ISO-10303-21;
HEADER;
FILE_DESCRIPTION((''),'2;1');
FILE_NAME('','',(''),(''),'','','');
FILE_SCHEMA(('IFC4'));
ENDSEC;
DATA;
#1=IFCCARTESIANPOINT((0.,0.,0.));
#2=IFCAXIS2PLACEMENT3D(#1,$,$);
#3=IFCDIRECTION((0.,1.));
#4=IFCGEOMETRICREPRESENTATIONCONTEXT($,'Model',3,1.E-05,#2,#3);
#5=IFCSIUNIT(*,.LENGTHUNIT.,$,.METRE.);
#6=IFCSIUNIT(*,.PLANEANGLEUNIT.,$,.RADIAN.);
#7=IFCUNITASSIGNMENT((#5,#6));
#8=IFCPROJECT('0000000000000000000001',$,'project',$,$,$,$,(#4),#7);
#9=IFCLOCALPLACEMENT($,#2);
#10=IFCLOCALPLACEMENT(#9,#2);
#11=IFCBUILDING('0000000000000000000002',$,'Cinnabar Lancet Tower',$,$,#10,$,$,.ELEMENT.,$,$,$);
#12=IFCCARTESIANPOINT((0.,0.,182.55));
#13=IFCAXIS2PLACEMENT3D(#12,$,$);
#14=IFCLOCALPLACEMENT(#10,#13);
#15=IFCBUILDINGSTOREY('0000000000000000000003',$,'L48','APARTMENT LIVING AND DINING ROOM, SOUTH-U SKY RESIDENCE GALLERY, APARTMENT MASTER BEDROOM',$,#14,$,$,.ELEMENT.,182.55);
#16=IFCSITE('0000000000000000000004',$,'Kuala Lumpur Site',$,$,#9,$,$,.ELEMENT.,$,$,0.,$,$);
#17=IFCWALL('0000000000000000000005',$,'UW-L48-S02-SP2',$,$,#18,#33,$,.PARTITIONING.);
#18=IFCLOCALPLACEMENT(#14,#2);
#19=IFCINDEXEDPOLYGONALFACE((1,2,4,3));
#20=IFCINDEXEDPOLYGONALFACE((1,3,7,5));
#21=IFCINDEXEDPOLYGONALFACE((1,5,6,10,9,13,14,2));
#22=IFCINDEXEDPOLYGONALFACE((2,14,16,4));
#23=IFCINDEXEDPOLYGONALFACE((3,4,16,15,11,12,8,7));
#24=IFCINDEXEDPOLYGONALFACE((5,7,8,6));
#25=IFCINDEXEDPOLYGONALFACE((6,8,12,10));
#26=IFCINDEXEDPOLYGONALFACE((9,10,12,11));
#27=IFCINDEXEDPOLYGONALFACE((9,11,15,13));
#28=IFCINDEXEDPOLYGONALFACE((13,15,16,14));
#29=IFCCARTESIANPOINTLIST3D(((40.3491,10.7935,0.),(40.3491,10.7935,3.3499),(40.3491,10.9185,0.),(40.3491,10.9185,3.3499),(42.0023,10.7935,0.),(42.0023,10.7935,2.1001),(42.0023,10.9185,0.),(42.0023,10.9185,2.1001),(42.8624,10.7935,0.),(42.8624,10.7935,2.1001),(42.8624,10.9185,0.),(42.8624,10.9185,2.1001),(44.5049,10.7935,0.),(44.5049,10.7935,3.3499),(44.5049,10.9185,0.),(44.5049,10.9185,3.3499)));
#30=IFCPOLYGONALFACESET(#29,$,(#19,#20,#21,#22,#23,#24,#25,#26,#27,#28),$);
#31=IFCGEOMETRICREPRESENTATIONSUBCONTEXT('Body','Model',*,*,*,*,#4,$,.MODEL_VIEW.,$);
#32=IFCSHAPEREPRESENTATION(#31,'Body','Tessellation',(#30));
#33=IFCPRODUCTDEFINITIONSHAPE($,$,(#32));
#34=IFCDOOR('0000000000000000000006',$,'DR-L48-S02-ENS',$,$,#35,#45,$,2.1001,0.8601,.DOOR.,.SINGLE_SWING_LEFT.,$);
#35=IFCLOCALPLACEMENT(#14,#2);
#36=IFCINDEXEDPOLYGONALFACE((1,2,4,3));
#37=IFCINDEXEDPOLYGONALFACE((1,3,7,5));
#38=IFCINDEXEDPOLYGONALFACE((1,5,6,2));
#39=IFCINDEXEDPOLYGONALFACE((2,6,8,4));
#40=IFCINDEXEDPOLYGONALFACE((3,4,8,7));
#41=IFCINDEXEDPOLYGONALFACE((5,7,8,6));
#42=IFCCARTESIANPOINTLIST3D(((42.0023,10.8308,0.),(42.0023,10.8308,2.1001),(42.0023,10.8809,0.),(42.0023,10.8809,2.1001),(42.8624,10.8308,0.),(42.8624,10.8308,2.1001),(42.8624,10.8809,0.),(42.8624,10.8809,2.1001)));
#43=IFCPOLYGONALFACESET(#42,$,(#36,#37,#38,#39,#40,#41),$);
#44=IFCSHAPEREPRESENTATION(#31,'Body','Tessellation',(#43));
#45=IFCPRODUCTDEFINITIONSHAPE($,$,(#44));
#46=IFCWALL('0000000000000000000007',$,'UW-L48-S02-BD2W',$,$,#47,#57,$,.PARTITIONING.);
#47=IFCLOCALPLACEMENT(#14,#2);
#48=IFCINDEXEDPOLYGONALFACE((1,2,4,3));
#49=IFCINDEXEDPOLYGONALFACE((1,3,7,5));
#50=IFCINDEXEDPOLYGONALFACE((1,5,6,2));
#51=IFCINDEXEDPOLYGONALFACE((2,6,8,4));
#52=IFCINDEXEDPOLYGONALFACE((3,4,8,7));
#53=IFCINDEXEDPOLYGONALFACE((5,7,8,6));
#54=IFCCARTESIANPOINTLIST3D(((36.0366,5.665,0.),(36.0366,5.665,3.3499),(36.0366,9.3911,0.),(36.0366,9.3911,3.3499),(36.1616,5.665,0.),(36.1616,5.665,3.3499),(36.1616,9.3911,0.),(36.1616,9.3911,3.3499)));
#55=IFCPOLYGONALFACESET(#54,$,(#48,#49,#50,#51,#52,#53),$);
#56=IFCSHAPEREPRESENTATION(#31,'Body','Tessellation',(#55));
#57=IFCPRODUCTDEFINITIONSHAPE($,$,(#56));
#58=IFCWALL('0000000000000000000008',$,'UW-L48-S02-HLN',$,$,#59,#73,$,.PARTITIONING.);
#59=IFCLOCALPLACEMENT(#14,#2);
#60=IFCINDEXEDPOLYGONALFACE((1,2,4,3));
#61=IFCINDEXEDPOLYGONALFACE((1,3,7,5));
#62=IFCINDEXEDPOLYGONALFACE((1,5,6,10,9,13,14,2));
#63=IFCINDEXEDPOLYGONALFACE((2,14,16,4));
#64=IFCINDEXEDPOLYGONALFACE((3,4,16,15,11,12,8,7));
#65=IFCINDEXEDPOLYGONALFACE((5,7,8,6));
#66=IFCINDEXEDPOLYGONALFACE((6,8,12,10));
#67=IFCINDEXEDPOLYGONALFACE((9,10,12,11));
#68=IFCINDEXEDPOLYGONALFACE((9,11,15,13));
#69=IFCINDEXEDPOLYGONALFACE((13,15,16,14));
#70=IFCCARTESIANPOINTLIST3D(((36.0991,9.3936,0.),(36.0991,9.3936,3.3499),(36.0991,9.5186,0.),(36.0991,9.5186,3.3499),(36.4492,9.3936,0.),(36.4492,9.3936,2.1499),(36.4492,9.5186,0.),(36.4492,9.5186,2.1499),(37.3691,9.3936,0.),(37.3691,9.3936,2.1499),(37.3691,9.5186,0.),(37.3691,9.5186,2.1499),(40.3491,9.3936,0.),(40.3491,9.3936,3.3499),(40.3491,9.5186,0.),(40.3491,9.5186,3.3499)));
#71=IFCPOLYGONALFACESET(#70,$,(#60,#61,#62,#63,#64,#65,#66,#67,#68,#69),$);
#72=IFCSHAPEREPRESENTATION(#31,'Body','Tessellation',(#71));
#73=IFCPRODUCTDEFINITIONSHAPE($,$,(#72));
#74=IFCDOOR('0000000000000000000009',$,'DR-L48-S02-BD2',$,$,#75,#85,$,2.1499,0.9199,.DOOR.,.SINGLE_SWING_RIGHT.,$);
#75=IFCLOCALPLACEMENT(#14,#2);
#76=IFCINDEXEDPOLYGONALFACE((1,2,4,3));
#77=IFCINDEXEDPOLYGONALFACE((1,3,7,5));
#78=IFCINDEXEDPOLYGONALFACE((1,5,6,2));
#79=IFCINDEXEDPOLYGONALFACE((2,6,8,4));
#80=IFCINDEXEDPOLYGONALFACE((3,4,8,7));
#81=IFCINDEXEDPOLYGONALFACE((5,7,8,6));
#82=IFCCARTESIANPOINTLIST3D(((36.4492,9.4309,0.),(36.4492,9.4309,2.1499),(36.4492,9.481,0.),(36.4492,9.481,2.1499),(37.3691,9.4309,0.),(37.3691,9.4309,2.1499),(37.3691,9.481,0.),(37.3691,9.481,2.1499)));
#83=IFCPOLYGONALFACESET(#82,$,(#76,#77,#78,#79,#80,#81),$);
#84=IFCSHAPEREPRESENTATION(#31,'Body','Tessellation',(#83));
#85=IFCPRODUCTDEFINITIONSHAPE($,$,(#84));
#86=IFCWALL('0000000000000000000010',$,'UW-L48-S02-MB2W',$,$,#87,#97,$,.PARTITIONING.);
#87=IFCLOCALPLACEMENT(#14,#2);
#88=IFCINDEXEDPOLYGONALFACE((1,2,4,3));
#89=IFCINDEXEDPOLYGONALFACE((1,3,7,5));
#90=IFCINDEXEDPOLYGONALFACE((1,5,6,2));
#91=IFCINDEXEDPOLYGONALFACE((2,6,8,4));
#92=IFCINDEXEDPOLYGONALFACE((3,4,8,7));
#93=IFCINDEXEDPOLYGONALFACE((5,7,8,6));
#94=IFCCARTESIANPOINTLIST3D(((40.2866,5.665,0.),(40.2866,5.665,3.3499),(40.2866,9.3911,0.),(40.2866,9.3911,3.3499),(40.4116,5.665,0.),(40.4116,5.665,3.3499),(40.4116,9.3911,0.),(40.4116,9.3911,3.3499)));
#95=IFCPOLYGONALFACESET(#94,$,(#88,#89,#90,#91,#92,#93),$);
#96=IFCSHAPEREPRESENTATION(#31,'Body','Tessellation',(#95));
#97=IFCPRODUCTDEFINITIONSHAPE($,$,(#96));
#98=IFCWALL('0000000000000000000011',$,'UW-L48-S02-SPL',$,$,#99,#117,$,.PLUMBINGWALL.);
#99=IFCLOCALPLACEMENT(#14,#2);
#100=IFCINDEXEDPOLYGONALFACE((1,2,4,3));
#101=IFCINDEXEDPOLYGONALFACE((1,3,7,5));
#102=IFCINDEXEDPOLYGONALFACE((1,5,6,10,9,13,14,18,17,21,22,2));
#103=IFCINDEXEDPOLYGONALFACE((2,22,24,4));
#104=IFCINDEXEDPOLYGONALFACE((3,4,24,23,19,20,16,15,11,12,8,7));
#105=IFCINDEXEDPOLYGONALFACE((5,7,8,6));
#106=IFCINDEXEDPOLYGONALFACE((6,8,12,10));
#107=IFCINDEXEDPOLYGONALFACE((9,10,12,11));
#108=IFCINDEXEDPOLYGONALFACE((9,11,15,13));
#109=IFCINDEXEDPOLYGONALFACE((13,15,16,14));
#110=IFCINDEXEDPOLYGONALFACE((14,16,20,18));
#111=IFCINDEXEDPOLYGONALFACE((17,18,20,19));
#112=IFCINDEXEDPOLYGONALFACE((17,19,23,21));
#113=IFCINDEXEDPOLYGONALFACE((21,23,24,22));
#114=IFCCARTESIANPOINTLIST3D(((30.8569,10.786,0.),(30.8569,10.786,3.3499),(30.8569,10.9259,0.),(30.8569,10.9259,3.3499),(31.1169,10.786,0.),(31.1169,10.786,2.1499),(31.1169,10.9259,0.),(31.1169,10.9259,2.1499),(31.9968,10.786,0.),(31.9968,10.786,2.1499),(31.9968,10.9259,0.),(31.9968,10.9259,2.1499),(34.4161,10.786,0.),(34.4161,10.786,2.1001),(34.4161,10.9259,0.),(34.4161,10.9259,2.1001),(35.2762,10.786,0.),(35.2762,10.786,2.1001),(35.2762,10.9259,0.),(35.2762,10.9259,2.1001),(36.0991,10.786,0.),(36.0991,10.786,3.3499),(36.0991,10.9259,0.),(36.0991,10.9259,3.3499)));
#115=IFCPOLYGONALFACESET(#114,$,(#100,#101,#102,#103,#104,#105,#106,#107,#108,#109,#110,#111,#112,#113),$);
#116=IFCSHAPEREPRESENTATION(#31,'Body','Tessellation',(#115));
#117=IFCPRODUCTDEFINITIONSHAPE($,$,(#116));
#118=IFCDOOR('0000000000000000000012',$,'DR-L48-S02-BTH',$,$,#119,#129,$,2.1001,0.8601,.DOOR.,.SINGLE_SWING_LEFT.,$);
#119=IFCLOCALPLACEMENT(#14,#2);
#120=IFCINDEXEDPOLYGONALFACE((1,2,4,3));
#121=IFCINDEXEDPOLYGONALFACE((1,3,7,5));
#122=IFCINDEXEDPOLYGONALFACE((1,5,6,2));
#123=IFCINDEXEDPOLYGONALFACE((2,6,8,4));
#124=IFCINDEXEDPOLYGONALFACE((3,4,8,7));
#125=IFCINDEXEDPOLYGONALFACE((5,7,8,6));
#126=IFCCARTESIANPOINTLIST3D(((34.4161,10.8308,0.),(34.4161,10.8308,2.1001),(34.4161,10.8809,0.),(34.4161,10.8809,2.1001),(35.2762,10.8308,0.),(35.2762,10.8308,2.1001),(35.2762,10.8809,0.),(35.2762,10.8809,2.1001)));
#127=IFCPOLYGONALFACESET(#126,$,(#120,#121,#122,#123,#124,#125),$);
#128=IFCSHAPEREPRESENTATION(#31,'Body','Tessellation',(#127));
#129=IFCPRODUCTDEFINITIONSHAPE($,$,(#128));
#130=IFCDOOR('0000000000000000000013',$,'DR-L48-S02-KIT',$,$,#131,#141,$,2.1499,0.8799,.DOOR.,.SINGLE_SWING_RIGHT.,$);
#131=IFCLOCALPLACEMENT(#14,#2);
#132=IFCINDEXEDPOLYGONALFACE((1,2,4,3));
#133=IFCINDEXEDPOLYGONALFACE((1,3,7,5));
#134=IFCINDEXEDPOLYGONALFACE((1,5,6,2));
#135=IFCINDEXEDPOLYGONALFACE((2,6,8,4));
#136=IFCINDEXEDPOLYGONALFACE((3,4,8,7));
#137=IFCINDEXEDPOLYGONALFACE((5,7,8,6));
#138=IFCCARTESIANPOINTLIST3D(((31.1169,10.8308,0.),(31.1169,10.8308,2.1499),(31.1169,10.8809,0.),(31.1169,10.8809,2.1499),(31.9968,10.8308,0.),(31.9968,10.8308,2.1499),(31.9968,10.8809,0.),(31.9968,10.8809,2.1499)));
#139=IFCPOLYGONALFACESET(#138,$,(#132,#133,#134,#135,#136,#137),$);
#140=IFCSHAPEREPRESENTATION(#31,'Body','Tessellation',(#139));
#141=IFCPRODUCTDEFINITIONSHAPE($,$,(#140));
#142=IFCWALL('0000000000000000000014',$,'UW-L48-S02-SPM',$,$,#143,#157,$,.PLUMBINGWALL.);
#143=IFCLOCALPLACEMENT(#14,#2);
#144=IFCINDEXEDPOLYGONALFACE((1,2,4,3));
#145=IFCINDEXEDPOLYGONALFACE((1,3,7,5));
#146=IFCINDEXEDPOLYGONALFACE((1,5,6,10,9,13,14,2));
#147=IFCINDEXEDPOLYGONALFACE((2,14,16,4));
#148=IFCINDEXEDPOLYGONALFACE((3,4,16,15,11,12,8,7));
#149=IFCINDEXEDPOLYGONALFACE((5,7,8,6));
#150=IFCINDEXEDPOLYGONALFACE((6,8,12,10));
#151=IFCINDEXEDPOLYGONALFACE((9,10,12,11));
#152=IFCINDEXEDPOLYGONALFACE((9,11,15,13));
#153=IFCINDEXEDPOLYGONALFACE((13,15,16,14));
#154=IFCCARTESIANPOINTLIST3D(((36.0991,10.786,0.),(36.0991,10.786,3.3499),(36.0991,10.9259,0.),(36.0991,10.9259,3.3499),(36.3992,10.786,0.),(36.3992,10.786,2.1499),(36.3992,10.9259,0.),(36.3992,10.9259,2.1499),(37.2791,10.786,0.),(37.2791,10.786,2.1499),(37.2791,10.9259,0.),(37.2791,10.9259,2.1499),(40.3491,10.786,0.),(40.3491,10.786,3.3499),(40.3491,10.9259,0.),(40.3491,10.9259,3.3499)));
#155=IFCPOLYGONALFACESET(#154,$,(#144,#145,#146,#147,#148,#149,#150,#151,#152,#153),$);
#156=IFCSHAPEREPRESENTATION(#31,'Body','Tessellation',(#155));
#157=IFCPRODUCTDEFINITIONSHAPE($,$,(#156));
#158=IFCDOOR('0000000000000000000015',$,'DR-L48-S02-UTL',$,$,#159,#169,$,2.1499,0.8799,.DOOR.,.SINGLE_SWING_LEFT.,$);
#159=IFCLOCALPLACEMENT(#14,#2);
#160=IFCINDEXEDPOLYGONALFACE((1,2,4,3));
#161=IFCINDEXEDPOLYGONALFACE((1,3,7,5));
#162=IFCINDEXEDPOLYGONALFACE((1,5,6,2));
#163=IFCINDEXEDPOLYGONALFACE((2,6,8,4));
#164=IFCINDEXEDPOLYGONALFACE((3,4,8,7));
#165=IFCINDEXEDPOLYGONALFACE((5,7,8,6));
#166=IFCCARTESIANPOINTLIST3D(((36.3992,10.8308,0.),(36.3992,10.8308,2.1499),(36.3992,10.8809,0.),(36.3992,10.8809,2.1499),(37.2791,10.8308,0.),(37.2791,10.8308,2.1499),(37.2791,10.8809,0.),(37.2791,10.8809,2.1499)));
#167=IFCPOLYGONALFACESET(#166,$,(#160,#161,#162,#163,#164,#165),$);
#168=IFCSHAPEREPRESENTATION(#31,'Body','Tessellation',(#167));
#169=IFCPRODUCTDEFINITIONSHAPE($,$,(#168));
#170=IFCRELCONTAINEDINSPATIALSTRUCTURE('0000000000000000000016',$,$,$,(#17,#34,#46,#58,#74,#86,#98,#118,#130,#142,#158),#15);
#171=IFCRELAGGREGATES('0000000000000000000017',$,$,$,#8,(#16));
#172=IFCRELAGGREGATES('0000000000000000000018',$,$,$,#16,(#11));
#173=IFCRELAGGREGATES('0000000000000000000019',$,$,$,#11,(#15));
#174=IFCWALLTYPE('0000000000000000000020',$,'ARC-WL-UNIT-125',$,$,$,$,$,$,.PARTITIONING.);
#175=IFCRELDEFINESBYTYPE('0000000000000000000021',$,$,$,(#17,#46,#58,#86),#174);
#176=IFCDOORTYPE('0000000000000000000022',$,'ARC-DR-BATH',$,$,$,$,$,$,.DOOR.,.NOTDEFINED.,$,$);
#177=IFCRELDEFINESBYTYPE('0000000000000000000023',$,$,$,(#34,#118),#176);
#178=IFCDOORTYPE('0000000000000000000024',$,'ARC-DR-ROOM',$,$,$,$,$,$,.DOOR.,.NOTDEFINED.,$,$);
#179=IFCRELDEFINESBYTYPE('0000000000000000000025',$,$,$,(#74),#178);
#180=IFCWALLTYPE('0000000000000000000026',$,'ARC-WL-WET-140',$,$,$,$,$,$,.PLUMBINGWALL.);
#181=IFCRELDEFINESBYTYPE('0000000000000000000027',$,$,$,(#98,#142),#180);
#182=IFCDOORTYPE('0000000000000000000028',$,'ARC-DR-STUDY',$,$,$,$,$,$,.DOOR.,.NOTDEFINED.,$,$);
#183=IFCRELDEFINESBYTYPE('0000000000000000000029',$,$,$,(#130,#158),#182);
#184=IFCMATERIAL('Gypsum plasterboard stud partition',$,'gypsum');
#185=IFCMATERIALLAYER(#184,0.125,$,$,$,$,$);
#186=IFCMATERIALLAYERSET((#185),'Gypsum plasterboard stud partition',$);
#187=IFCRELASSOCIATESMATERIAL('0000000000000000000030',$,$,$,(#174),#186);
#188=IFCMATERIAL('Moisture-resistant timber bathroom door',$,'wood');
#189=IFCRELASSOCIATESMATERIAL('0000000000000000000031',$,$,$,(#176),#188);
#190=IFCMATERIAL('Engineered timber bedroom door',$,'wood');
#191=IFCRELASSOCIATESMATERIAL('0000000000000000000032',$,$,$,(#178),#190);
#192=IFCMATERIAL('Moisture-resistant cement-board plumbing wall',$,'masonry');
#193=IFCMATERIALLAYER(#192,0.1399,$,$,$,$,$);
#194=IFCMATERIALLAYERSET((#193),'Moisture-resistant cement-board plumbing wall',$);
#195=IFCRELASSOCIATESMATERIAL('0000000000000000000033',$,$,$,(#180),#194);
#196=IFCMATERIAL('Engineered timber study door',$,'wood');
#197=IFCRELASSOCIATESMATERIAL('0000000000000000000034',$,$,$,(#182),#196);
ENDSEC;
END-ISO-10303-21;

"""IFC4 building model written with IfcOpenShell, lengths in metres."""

from ifc_helpers import new_model, si_unit, direction, frame, frame_2d, origin, place, context, subcontext, project, spatial, rectangle, extrude, material, layer, layer_set, type_object, element, fill, save


model = new_model("IFC4")

# Units and contexts
model_context = context("Model", 3, precision=1e-05, world=origin(), true_north=direction((0.0, 1.0)))
body_context = subcontext(model_context, "Body", "Model", "MODEL_VIEW")
ifc_project = project(units=[si_unit("LENGTHUNIT", "METRE"), si_unit("PLANEANGLEUNIT", "RADIAN")], contexts=[model_context])

# Site, building, storey
site_placement = place(None, origin())
site = spatial("IfcSite", under=ifc_project, at=site_placement, Name="Kuala Lumpur Site", CompositionType="ELEMENT", RefElevation=0.0)
building_placement = place(site_placement, origin())
building = spatial("IfcBuilding", under=site, at=building_placement, Name="Cinnabar Lancet Tower", CompositionType="ELEMENT")
storey_placement = place(building_placement, frame((0.0, 0.0, 182.55)))
storey = spatial("IfcBuildingStorey", under=building, at=storey_placement, Name="L48", Description="APARTMENT LIVING AND DINING ROOM, SOUTH-U SKY RESIDENCE GALLERY, APARTMENT MASTER BEDROOM", CompositionType="ELEMENT", Elevation=182.55)

# Wall, opening, door
ifc_material_1 = material(Name="Gypsum plasterboard stud partition", Category="gypsum")
ifc_layer_1 = layer(ifc_material_1, 0.125)
ifc_layer_set_1 = layer_set([ifc_layer_1], Name="Gypsum plasterboard stud partition")
wall_type_1 = type_object("IfcWallType", Name="ARC-WL-UNIT-125", PredefinedType="PARTITIONING", material=ifc_layer_set_1)
wall_1_placement = place(storey_placement, frame((40.3491, 10.856, 0.0), z_axis=(0.0, 0.0, 1.0), x_axis=(1.0, 0.0, 0.0)))
wall_1 = element("IfcWall", 1, at=wall_1_placement, inside=storey, type_object=wall_type_1, Name="UW-L48-S02-SP2", PredefinedType="PARTITIONING", context=body_context, shape_type="SweptSolid", body=[
    extrude(rectangle(XDim=4.1558, YDim=0.125, at=frame_2d((2.0779, 0.0))), origin(), (0.0, 0.0, 1.0), 3.3499),
])
opening_1_placement = place(wall_1_placement, frame((1.6531, 0.0, 0.0)))
opening_1 = element("IfcOpeningElement", 2, at=opening_1_placement, cuts=wall_1, PredefinedType="OPENING", context=body_context, shape_type="SweptSolid", body=[
    extrude(rectangle(XDim=0.8601, YDim=2.1001, at=frame_2d((0.4302, 1.05))), frame((0.0, 0.0725, 0.0), z_axis=(0.0, -1.0, 0.0), x_axis=(1.0, 0.0, 0.0)), (0.0, 0.0, 1.0), 0.145),
])
ifc_material_2 = material(Name="Moisture-resistant timber bathroom door", Category="wood")
door_type_1 = type_object("IfcDoorType", Name="ARC-DR-BATH", OperationType="NOTDEFINED", PredefinedType="DOOR", material=ifc_material_2)
door_1_placement = place(opening_1_placement, origin())
door_1 = element("IfcDoor", 3, at=door_1_placement, inside=storey, type_object=door_type_1, Name="DR-L48-S02-ENS", OperationType="SINGLE_SWING_LEFT", OverallHeight=2.1001, OverallWidth=0.8601, PredefinedType="DOOR", context=body_context, shape_type="SweptSolid", body=[
    extrude(rectangle(XDim=0.8601, YDim=2.1001, at=frame_2d((0.4302, 1.05))), frame((0.0, 0.0249, 0.0), z_axis=(0.0, -1.0, 0.0), x_axis=(1.0, 0.0, 0.0)), (0.0, 0.0, 1.0), 0.05),
])
fill(opening_1, door_1)

# Wall
wall_2_placement = place(storey_placement, frame((36.0991, 5.665, 0.0), z_axis=(0.0, 0.0, 1.0), x_axis=(0.0, 1.0, 0.0)))
element("IfcWall", 4, at=wall_2_placement, inside=storey, type_object=wall_type_1, Name="UW-L48-S02-BD2W", PredefinedType="PARTITIONING", context=body_context, shape_type="SweptSolid", body=[
    extrude(rectangle(XDim=3.7261, YDim=0.125, at=frame_2d((1.863, 0.0))), origin(), (0.0, 0.0, 1.0), 3.3499),
])

# Wall, opening, door
wall_3_placement = place(storey_placement, frame((36.0991, 9.4561, 0.0), z_axis=(0.0, 0.0, 1.0), x_axis=(1.0, 0.0, 0.0)))
wall_3 = element("IfcWall", 5, at=wall_3_placement, inside=storey, type_object=wall_type_1, Name="UW-L48-S02-HLN", PredefinedType="PARTITIONING", context=body_context, shape_type="SweptSolid", body=[
    extrude(rectangle(XDim=4.25, YDim=0.125, at=frame_2d((2.125, 0.0))), origin(), (0.0, 0.0, 1.0), 3.3499),
])
opening_2_placement = place(wall_3_placement, frame((0.3501, 0.0, 0.0)))
opening_2 = element("IfcOpeningElement", 6, at=opening_2_placement, cuts=wall_3, PredefinedType="OPENING", context=body_context, shape_type="SweptSolid", body=[
    extrude(rectangle(XDim=0.9199, YDim=2.1499, at=frame_2d((0.46, 1.075))), frame((0.0, 0.0725, 0.0), z_axis=(0.0, -1.0, 0.0), x_axis=(1.0, 0.0, 0.0)), (0.0, 0.0, 1.0), 0.145),
])
ifc_material_3 = material(Name="Engineered timber bedroom door", Category="wood")
door_type_2 = type_object("IfcDoorType", Name="ARC-DR-ROOM", OperationType="NOTDEFINED", PredefinedType="DOOR", material=ifc_material_3)
door_2_placement = place(opening_2_placement, origin())
door_2 = element("IfcDoor", 7, at=door_2_placement, inside=storey, type_object=door_type_2, Name="DR-L48-S02-BD2", OperationType="SINGLE_SWING_RIGHT", OverallHeight=2.1499, OverallWidth=0.9199, PredefinedType="DOOR", context=body_context, shape_type="SweptSolid", body=[
    extrude(rectangle(XDim=0.9199, YDim=2.1499, at=frame_2d((0.46, 1.075))), frame((0.0, 0.0249, 0.0), z_axis=(0.0, -1.0, 0.0), x_axis=(1.0, 0.0, 0.0)), (0.0, 0.0, 1.0), 0.05),
])
fill(opening_2, door_2)

# Wall
wall_4_placement = place(storey_placement, frame((40.3491, 5.665, 0.0), z_axis=(0.0, 0.0, 1.0), x_axis=(0.0, 1.0, 0.0)))
element("IfcWall", 8, at=wall_4_placement, inside=storey, type_object=wall_type_1, Name="UW-L48-S02-MB2W", PredefinedType="PARTITIONING", context=body_context, shape_type="SweptSolid", body=[
    extrude(rectangle(XDim=3.7261, YDim=0.125, at=frame_2d((1.863, 0.0))), origin(), (0.0, 0.0, 1.0), 3.3499),
])

# Wall, openings, doors
ifc_material_4 = material(Name="Moisture-resistant cement-board plumbing wall", Category="masonry")
ifc_layer_2 = layer(ifc_material_4, 0.1399)
ifc_layer_set_2 = layer_set([ifc_layer_2], Name="Moisture-resistant cement-board plumbing wall")
wall_type_2 = type_object("IfcWallType", Name="ARC-WL-WET-140", PredefinedType="PLUMBINGWALL", material=ifc_layer_set_2)
wall_5_placement = place(storey_placement, frame((30.8569, 10.856, 0.0), z_axis=(0.0, 0.0, 1.0), x_axis=(1.0, 0.0, 0.0)))
wall_5 = element("IfcWall", 9, at=wall_5_placement, inside=storey, type_object=wall_type_2, Name="UW-L48-S02-SPL", PredefinedType="PLUMBINGWALL", context=body_context, shape_type="SweptSolid", body=[
    extrude(rectangle(XDim=5.2422, YDim=0.1399, at=frame_2d((2.6211, 0.0))), origin(), (0.0, 0.0, 1.0), 3.3499),
])
opening_3_placement = place(wall_5_placement, frame((3.5591, 0.0, 0.0)))
opening_3 = element("IfcOpeningElement", 10, at=opening_3_placement, cuts=wall_5, PredefinedType="OPENING", context=body_context, shape_type="SweptSolid", body=[
    extrude(rectangle(XDim=0.8601, YDim=2.1001, at=frame_2d((0.4302, 1.05))), frame((0.0, 0.0798, 0.0), z_axis=(0.0, -1.0, 0.0), x_axis=(1.0, 0.0, 0.0)), (0.0, 0.0, 1.0), 0.1599),
])
opening_4_placement = place(wall_5_placement, frame((0.26, 0.0, 0.0)))
opening_4 = element("IfcOpeningElement", 11, at=opening_4_placement, cuts=wall_5, PredefinedType="OPENING", context=body_context, shape_type="SweptSolid", body=[
    extrude(rectangle(XDim=0.8799, YDim=2.1499, at=frame_2d((0.4399, 1.075))), frame((0.0, 0.0798, 0.0), z_axis=(0.0, -1.0, 0.0), x_axis=(1.0, 0.0, 0.0)), (0.0, 0.0, 1.0), 0.1599),
])
door_3_placement = place(opening_3_placement, origin())
door_3 = element("IfcDoor", 12, at=door_3_placement, inside=storey, type_object=door_type_1, Name="DR-L48-S02-BTH", OperationType="SINGLE_SWING_LEFT", OverallHeight=2.1001, OverallWidth=0.8601, PredefinedType="DOOR", context=body_context, shape_type="SweptSolid", body=[
    extrude(rectangle(XDim=0.8601, YDim=2.1001, at=frame_2d((0.4302, 1.05))), frame((0.0, 0.0249, 0.0), z_axis=(0.0, -1.0, 0.0), x_axis=(1.0, 0.0, 0.0)), (0.0, 0.0, 1.0), 0.05),
])
fill(opening_3, door_3)
ifc_material_5 = material(Name="Engineered timber study door", Category="wood")
door_type_3 = type_object("IfcDoorType", Name="ARC-DR-STUDY", OperationType="NOTDEFINED", PredefinedType="DOOR", material=ifc_material_5)
door_4_placement = place(opening_4_placement, origin())
door_4 = element("IfcDoor", 13, at=door_4_placement, inside=storey, type_object=door_type_3, Name="DR-L48-S02-KIT", OperationType="SINGLE_SWING_RIGHT", OverallHeight=2.1499, OverallWidth=0.8799, PredefinedType="DOOR", context=body_context, shape_type="SweptSolid", body=[
    extrude(rectangle(XDim=0.8799, YDim=2.1499, at=frame_2d((0.4399, 1.075))), frame((0.0, 0.0249, 0.0), z_axis=(0.0, -1.0, 0.0), x_axis=(1.0, 0.0, 0.0)), (0.0, 0.0, 1.0), 0.05),
])
fill(opening_4, door_4)

# Wall, opening, door
wall_6_placement = place(storey_placement, frame((36.0991, 10.856, 0.0), z_axis=(0.0, 0.0, 1.0), x_axis=(1.0, 0.0, 0.0)))
wall_6 = element("IfcWall", 14, at=wall_6_placement, inside=storey, type_object=wall_type_2, Name="UW-L48-S02-SPM", PredefinedType="PLUMBINGWALL", context=body_context, shape_type="SweptSolid", body=[
    extrude(rectangle(XDim=4.25, YDim=0.1399, at=frame_2d((2.125, 0.0))), origin(), (0.0, 0.0, 1.0), 3.3499),
])
opening_5_placement = place(wall_6_placement, frame((0.3, 0.0, 0.0)))
opening_5 = element("IfcOpeningElement", 15, at=opening_5_placement, cuts=wall_6, PredefinedType="OPENING", context=body_context, shape_type="SweptSolid", body=[
    extrude(rectangle(XDim=0.8799, YDim=2.1499, at=frame_2d((0.4399, 1.075))), frame((0.0, 0.0798, 0.0), z_axis=(0.0, -1.0, 0.0), x_axis=(1.0, 0.0, 0.0)), (0.0, 0.0, 1.0), 0.1599),
])
door_5_placement = place(opening_5_placement, origin())
door_5 = element("IfcDoor", 16, at=door_5_placement, inside=storey, type_object=door_type_3, Name="DR-L48-S02-UTL", OperationType="SINGLE_SWING_LEFT", OverallHeight=2.1499, OverallWidth=0.8799, PredefinedType="DOOR", context=body_context, shape_type="SweptSolid", body=[
    extrude(rectangle(XDim=0.8799, YDim=2.1499, at=frame_2d((0.4399, 1.075))), frame((0.0, 0.0249, 0.0), z_axis=(0.0, -1.0, 0.0), x_axis=(1.0, 0.0, 0.0)), (0.0, 0.0, 1.0), 0.05),
])
fill(opening_5, door_5)

save(model, "model.ifc")
